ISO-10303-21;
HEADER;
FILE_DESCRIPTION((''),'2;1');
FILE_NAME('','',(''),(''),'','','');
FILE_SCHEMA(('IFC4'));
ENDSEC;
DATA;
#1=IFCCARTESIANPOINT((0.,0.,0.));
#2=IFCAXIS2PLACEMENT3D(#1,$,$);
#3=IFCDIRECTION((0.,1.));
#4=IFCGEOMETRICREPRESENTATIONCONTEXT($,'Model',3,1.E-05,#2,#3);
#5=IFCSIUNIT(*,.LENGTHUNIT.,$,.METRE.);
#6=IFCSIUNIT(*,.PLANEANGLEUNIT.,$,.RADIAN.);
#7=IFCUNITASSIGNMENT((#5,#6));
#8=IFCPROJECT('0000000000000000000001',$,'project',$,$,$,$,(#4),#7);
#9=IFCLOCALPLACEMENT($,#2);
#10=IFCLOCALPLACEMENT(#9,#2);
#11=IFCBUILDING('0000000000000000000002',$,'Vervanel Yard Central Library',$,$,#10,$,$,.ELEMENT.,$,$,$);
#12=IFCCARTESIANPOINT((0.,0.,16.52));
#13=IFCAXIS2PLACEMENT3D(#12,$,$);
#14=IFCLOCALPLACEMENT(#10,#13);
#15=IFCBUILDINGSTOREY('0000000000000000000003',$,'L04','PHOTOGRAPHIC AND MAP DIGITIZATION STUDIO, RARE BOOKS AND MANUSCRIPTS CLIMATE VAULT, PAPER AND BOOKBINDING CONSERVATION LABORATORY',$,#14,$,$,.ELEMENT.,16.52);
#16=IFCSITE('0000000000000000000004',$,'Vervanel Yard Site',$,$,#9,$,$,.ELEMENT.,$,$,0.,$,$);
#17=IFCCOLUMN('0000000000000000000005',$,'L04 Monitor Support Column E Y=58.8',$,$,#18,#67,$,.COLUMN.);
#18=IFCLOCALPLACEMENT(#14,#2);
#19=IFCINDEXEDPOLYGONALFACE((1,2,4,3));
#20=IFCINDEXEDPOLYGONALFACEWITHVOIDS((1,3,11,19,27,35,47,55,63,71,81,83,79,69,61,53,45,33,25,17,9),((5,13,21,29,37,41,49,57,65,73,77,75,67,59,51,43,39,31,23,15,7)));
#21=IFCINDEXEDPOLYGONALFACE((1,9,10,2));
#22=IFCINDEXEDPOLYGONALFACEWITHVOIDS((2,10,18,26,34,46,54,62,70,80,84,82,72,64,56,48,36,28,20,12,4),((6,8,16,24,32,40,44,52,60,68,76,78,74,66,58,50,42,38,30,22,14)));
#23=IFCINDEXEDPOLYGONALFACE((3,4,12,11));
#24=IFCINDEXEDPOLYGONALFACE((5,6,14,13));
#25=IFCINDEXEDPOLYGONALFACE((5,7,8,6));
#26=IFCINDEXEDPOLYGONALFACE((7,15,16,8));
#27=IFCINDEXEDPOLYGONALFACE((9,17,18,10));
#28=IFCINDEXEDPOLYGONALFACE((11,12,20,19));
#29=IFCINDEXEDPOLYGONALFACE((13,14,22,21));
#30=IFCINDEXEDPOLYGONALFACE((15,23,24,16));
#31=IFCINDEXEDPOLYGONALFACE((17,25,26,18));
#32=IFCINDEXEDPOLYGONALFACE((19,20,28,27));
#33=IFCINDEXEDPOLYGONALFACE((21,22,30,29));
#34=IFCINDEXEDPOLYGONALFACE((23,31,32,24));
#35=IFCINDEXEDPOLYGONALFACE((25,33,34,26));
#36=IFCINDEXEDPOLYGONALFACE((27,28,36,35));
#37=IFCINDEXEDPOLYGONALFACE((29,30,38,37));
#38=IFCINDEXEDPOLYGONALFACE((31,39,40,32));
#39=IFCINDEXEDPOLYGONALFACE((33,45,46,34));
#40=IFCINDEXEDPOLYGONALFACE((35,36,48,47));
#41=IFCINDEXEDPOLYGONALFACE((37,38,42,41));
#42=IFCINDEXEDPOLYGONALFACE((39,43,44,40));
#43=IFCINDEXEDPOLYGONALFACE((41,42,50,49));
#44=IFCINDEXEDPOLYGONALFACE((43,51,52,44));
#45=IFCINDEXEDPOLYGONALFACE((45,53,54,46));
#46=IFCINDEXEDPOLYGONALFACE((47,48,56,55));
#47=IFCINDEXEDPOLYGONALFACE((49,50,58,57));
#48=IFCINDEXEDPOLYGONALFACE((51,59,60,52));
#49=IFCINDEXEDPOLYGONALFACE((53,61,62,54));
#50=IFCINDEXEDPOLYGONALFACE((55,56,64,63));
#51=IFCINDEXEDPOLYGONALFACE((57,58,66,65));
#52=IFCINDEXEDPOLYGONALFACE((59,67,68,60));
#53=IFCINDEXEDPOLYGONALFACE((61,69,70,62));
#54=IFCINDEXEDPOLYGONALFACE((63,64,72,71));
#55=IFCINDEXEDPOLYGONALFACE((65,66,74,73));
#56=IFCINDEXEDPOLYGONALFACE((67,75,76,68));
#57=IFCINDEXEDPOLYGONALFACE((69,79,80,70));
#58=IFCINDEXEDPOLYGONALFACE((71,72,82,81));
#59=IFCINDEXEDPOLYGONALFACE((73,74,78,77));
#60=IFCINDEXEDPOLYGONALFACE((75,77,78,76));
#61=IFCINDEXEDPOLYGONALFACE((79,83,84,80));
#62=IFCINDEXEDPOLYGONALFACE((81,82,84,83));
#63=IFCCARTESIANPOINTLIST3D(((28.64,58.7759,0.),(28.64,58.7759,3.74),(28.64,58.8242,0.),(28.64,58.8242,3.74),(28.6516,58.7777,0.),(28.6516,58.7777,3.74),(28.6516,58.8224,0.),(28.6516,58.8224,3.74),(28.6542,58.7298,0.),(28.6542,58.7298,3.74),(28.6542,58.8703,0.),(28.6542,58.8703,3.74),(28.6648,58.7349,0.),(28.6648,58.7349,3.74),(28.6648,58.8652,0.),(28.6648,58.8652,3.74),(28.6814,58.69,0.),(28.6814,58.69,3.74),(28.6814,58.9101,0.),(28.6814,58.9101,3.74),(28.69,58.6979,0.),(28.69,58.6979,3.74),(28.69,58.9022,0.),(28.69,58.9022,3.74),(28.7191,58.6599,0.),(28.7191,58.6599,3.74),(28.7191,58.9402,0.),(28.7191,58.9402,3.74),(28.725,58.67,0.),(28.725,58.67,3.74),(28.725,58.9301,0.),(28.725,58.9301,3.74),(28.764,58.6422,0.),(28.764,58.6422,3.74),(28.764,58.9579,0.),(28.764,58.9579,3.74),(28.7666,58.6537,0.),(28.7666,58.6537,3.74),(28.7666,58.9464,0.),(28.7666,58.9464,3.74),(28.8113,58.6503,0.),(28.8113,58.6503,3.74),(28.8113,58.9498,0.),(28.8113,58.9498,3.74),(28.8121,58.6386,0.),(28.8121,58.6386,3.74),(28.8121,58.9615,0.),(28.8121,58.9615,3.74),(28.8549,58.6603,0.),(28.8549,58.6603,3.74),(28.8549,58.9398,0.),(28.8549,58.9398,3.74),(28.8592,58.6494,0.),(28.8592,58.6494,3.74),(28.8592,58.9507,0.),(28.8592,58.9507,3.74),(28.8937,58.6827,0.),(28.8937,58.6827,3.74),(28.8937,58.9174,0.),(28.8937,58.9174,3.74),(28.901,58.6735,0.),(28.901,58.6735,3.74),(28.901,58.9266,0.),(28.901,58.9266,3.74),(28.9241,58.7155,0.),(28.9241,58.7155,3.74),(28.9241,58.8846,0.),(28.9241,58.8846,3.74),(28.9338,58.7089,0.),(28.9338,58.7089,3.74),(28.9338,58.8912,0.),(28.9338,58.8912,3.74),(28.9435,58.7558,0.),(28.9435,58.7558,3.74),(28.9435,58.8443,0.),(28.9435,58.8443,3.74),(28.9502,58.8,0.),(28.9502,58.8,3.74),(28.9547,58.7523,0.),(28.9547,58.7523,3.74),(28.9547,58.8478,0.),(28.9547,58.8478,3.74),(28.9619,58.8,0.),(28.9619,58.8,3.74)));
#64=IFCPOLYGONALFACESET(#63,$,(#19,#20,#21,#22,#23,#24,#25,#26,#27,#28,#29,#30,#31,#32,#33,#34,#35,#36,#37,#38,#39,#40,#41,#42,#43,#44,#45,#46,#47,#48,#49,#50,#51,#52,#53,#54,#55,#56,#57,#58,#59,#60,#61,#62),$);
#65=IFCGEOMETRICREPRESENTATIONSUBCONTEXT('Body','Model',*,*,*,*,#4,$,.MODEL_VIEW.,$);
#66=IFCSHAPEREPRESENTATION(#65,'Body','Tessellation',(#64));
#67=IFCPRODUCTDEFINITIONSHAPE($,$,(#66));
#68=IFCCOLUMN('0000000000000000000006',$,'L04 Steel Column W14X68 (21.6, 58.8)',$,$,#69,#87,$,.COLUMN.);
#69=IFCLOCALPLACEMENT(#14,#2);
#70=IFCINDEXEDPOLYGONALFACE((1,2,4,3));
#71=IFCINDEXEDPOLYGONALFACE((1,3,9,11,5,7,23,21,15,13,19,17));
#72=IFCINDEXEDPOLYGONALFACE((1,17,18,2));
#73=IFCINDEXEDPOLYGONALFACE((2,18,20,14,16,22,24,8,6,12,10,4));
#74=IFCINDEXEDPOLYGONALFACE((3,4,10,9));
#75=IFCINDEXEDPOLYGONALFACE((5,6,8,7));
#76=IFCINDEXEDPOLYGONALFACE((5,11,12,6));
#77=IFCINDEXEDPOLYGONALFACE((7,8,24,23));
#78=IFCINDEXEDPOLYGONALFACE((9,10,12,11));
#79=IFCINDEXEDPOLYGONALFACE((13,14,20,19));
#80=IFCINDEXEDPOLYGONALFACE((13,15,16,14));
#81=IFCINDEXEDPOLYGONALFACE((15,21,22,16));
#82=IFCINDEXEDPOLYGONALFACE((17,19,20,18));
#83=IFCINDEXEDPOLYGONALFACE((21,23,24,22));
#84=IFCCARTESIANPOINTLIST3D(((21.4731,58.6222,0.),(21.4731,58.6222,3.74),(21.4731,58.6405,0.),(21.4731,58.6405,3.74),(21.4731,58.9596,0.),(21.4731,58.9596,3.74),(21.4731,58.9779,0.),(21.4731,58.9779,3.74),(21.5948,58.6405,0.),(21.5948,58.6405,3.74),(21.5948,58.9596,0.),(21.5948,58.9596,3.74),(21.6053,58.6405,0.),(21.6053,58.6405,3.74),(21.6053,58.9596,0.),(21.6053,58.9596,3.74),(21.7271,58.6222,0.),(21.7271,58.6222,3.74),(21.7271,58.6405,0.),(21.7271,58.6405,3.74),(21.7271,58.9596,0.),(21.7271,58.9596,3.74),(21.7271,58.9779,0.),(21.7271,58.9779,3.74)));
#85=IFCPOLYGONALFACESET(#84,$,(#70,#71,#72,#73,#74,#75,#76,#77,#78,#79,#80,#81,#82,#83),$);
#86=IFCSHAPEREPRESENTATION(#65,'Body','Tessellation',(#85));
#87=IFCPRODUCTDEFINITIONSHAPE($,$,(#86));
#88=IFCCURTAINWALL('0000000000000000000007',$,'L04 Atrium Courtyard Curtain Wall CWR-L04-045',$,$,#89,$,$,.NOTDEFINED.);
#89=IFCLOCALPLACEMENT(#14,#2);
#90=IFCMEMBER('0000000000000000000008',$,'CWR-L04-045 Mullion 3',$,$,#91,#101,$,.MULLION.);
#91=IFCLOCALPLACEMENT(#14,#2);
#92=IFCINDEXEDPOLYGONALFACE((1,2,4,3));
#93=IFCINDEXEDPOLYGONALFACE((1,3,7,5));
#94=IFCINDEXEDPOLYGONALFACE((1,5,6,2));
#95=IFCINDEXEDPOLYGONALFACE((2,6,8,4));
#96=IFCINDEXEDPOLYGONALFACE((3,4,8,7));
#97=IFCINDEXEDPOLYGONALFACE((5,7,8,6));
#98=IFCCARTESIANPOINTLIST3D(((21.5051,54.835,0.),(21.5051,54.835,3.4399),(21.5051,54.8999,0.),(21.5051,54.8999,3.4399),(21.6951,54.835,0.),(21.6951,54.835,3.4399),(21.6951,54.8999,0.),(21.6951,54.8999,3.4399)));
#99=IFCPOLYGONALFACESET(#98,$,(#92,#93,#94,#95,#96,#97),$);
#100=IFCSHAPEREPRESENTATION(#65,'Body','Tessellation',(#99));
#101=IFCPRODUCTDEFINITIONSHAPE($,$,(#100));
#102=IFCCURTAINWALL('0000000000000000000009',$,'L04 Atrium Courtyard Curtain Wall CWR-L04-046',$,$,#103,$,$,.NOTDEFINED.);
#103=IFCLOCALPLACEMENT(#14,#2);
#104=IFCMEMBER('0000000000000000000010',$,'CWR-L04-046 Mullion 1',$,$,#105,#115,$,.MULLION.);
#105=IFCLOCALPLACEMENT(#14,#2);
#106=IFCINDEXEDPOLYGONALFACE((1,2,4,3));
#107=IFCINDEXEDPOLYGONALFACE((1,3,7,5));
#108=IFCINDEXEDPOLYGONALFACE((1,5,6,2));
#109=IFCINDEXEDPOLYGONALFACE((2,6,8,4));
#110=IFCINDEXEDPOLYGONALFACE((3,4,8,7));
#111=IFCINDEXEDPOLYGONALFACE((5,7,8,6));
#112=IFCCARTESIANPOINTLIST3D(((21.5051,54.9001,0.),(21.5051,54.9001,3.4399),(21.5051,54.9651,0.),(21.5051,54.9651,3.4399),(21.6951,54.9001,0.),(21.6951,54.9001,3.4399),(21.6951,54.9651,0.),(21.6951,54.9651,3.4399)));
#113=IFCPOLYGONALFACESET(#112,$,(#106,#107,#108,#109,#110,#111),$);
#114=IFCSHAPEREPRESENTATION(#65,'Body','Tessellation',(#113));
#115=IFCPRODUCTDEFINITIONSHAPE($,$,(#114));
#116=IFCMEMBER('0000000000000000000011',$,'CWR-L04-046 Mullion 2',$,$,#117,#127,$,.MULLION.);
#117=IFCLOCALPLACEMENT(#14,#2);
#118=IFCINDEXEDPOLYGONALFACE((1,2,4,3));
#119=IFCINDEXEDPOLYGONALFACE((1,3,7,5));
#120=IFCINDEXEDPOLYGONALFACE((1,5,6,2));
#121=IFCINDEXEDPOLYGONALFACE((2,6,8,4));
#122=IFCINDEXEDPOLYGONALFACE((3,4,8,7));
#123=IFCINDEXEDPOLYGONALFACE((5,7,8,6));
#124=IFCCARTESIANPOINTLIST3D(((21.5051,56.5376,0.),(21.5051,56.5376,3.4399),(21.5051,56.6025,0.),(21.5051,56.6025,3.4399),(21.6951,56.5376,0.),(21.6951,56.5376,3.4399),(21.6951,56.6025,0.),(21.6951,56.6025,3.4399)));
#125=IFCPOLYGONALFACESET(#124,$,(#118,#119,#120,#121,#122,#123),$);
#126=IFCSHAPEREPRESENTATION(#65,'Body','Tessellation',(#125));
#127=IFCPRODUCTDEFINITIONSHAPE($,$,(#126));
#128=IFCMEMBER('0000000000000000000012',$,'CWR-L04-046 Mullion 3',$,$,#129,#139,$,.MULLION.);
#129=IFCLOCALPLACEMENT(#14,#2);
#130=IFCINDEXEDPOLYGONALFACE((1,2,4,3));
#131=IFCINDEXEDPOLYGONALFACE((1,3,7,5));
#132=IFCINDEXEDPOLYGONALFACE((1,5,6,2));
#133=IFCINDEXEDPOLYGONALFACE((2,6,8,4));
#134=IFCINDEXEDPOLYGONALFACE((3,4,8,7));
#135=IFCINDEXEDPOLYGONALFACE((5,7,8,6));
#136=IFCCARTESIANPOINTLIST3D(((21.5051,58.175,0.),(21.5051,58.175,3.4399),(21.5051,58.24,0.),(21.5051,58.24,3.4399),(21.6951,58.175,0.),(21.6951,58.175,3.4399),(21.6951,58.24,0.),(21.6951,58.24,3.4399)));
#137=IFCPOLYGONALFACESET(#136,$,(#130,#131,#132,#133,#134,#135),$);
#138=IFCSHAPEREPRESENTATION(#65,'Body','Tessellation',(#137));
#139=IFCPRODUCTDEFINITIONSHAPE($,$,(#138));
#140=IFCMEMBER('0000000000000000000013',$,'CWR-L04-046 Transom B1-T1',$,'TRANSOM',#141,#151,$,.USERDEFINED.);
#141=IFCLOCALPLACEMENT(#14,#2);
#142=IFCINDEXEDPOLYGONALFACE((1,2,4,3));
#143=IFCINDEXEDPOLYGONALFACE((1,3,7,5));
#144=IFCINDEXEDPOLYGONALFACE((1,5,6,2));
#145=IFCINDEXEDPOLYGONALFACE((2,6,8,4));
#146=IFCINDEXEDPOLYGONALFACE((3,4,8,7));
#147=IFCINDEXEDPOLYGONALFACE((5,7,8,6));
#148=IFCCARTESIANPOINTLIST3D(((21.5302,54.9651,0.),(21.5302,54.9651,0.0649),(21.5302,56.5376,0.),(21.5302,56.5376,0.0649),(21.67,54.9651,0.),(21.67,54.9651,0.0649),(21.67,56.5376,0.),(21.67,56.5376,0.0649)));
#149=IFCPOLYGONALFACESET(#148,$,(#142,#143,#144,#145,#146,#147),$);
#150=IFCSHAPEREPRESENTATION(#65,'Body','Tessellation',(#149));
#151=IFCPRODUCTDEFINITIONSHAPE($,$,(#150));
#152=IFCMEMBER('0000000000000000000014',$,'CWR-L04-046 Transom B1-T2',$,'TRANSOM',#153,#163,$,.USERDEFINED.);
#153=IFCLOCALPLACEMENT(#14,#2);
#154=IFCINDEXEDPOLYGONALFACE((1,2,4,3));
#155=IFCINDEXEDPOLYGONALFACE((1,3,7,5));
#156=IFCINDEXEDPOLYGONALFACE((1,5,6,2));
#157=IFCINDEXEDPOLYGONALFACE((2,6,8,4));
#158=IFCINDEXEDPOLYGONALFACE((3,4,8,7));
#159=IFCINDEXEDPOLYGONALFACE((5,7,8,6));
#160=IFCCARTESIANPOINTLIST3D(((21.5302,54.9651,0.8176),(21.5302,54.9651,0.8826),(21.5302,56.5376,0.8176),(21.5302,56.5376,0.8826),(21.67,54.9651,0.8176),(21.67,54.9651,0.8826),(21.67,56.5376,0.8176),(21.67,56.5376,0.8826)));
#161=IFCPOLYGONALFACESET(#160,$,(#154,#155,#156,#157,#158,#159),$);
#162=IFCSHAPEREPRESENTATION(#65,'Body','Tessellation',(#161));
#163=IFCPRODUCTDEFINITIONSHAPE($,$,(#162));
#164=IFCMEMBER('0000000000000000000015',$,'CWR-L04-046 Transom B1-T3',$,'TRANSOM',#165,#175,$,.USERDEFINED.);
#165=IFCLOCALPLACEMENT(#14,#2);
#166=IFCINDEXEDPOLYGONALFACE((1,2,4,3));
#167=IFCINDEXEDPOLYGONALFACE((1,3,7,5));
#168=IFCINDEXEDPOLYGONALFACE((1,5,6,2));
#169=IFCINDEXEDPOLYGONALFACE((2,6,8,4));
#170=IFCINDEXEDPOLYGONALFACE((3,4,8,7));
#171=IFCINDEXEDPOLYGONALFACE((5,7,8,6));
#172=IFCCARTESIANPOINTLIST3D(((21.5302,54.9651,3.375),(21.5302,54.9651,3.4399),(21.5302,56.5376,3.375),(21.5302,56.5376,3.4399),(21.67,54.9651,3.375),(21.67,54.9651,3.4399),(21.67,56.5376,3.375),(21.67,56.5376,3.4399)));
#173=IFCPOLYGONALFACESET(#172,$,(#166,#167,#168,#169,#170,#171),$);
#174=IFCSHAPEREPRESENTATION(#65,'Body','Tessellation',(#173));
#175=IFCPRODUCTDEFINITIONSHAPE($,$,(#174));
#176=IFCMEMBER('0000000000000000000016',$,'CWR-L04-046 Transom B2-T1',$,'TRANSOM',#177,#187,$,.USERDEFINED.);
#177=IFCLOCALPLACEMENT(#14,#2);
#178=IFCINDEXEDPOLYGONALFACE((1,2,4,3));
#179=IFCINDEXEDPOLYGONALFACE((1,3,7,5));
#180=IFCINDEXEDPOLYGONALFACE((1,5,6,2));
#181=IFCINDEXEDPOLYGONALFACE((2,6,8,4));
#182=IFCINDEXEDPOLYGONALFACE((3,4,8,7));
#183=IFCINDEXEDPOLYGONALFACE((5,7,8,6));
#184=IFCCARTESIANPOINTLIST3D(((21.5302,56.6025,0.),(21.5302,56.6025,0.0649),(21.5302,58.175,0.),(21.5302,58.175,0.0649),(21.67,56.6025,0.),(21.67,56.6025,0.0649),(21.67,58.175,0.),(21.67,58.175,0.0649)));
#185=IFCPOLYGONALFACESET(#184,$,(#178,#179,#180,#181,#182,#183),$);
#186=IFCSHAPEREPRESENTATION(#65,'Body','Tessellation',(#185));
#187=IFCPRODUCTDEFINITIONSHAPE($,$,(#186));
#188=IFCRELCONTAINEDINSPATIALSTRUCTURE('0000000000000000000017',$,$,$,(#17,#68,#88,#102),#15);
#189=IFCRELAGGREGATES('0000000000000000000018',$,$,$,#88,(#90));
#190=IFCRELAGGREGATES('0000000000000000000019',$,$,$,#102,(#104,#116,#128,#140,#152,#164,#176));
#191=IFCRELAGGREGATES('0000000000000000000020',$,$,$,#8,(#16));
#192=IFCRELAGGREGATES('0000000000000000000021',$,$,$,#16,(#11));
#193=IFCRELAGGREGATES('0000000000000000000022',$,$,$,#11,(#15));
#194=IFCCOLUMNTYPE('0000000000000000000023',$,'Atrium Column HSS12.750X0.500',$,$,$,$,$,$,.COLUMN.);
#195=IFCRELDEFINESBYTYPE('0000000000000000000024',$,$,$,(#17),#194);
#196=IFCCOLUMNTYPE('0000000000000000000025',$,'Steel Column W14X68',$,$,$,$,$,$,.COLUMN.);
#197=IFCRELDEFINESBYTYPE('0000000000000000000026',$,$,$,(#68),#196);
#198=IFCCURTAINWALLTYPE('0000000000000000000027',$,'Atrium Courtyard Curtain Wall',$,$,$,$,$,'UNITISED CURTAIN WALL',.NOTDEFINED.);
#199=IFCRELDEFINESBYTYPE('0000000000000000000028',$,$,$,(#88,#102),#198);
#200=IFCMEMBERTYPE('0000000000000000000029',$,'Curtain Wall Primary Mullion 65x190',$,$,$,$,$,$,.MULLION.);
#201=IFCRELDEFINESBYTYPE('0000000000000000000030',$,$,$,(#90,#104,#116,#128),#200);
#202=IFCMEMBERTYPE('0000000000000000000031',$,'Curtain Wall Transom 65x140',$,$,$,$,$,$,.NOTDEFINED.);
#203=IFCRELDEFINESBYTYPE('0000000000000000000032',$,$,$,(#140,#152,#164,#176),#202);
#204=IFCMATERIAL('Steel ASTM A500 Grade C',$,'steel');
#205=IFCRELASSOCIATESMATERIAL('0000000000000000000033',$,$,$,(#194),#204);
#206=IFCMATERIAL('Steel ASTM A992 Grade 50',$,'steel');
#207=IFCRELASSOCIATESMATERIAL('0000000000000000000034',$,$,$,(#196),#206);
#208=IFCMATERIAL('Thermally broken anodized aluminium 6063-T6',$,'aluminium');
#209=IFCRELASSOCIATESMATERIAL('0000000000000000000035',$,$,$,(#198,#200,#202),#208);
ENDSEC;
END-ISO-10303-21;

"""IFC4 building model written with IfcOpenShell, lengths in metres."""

from ifc_helpers import new_model, si_unit, direction, frame, origin, origin_2d, place, context, subcontext, project, spatial, rectangle, hollow_circle, i_section, extrude, material, material_profile, profile_set, type_object, element, aggregate, save


model = new_model("IFC4")

# Units and contexts
model_context = context("Model", 3, precision=1e-05, world=origin(), true_north=direction((0.0, 1.0)))
body_context = subcontext(model_context, "Body", "Model", "MODEL_VIEW")
ifc_project = project(units=[si_unit("LENGTHUNIT", "METRE"), si_unit("PLANEANGLEUNIT", "RADIAN")], contexts=[model_context])

# Site, building, storey
site_placement = place(None, origin())
site = spatial("IfcSite", under=ifc_project, at=site_placement, Name="Vervanel Yard Site", CompositionType="ELEMENT", RefElevation=0.0)
building_placement = place(site_placement, origin())
building = spatial("IfcBuilding", under=site, at=building_placement, Name="Vervanel Yard Central Library", CompositionType="ELEMENT")
storey_placement = place(building_placement, frame((0.0, 0.0, 16.52)))
storey = spatial("IfcBuildingStorey", under=building, at=storey_placement, Name="L04", Description="PHOTOGRAPHIC AND MAP DIGITIZATION STUDIO, RARE BOOKS AND MANUSCRIPTS CLIMATE VAULT, PAPER AND BOOKBINDING CONSERVATION LABORATORY", CompositionType="ELEMENT", Elevation=16.52)

# Columns
ifc_material_1 = material(Name="Steel ASTM A500 Grade C", Category="steel")
ifc_material_profile_1 = material_profile(ifc_material_1, hollow_circle(Radius=0.1619, WallThickness=0.0117, at=origin_2d()), Name="HSS12.750X0.500", Category="steel")
ifc_profile_set_1 = profile_set([ifc_material_profile_1], Name="Steel ASTM A500 Grade C")
column_type_1 = type_object("IfcColumnType", Name="Atrium Column HSS12.750X0.500", PredefinedType="COLUMN", material=ifc_profile_set_1)
column_1_placement = place(storey_placement, frame((28.8, 58.8, 0.0), z_axis=(0.0, 0.0, 1.0), x_axis=(1.0, 0.0, 0.0)))
element("IfcColumn", 1, at=column_1_placement, inside=storey, type_object=column_type_1, Name="L04 Monitor Support Column E Y=58.8", PredefinedType="COLUMN", context=body_context, shape_type="SweptSolid", body=[
    extrude(hollow_circle(Radius=0.1619, WallThickness=0.0117, at=origin_2d()), origin(), (0.0, 0.0, 1.0), 3.74),
])
ifc_material_2 = material(Name="Steel ASTM A992 Grade 50", Category="steel")
ifc_material_profile_2 = material_profile(ifc_material_2, i_section(OverallWidth=0.2539, OverallDepth=0.3557, WebThickness=0.0105, FlangeThickness=0.0183, at=origin_2d()), Name="W14X68", Category="steel")
ifc_profile_set_2 = profile_set([ifc_material_profile_2], Name="Steel ASTM A992 Grade 50")
column_type_2 = type_object("IfcColumnType", Name="Steel Column W14X68", PredefinedType="COLUMN", material=ifc_profile_set_2)
column_2_placement = place(storey_placement, frame((21.6001, 58.8, 0.0), z_axis=(0.0, 0.0, 1.0), x_axis=(1.0, 0.0, 0.0)))
element("IfcColumn", 2, at=column_2_placement, inside=storey, type_object=column_type_2, Name="L04 Steel Column W14X68 (21.6, 58.8)", PredefinedType="COLUMN", context=body_context, shape_type="SweptSolid", body=[
    extrude(i_section(OverallWidth=0.2539, OverallDepth=0.3557, WebThickness=0.0105, FlangeThickness=0.0183, at=origin_2d()), origin(), (0.0, 0.0, 1.0), 3.74),
])

# Curtain wall, member
ifc_material_3 = material(Name="Thermally broken anodized aluminium 6063-T6", Category="aluminium")
curtain_wall_type = type_object("IfcCurtainWallType", Name="Atrium Courtyard Curtain Wall", ElementType="UNITISED CURTAIN WALL", PredefinedType="NOTDEFINED", material=ifc_material_3)
curtain_wall_1_placement = place(storey_placement, origin())
curtain_wall_1 = element("IfcCurtainWall", 3, at=curtain_wall_1_placement, inside=storey, type_object=curtain_wall_type, Name="L04 Atrium Courtyard Curtain Wall CWR-L04-045", PredefinedType="NOTDEFINED")
ifc_material_profile_3 = material_profile(ifc_material_3, rectangle(XDim=0.0649, YDim=0.1899, at=origin_2d()), Name="ALU 65x190", Category="aluminium")
ifc_profile_set_3 = profile_set([ifc_material_profile_3], Name="Thermally broken anodized aluminium 6063-T6")
member_type_1 = type_object("IfcMemberType", Name="Curtain Wall Primary Mullion 65x190", PredefinedType="MULLION", material=ifc_profile_set_3)
member_1_placement = place(storey_placement, frame((21.6001, 54.8674, 0.0), z_axis=(0.0, 0.0, 1.0), x_axis=(0.0, 1.0, 0.0)))
member_1 = element("IfcMember", 4, at=member_1_placement, type_object=member_type_1, Name="CWR-L04-045 Mullion 3", PredefinedType="MULLION", context=body_context, shape_type="SweptSolid", body=[
    extrude(rectangle(XDim=0.0649, YDim=0.1899, at=origin_2d()), origin(), (0.0, 0.0, 1.0), 3.4399),
])

# Curtain wall, members
curtain_wall_2_placement = place(storey_placement, origin())
curtain_wall_2 = element("IfcCurtainWall", 5, at=curtain_wall_2_placement, inside=storey, type_object=curtain_wall_type, Name="L04 Atrium Courtyard Curtain Wall CWR-L04-046", PredefinedType="NOTDEFINED")
member_2_placement = place(storey_placement, frame((21.6001, 54.9326, 0.0), z_axis=(0.0, 0.0, 1.0), x_axis=(0.0, 1.0, 0.0)))
member_2 = element("IfcMember", 6, at=member_2_placement, type_object=member_type_1, Name="CWR-L04-046 Mullion 1", PredefinedType="MULLION", context=body_context, shape_type="SweptSolid", body=[
    extrude(rectangle(XDim=0.0649, YDim=0.1899, at=origin_2d()), origin(), (0.0, 0.0, 1.0), 3.4399),
])
member_3_placement = place(storey_placement, frame((21.6001, 56.5701, 0.0), z_axis=(0.0, 0.0, 1.0), x_axis=(0.0, 1.0, 0.0)))
member_3 = element("IfcMember", 7, at=member_3_placement, type_object=member_type_1, Name="CWR-L04-046 Mullion 2", PredefinedType="MULLION", context=body_context, shape_type="SweptSolid", body=[
    extrude(rectangle(XDim=0.0649, YDim=0.1899, at=origin_2d()), origin(), (0.0, 0.0, 1.0), 3.4399),
])
member_4_placement = place(storey_placement, frame((21.6001, 58.2075, 0.0), z_axis=(0.0, 0.0, 1.0), x_axis=(0.0, 1.0, 0.0)))
member_4 = element("IfcMember", 8, at=member_4_placement, type_object=member_type_1, Name="CWR-L04-046 Mullion 3", PredefinedType="MULLION", context=body_context, shape_type="SweptSolid", body=[
    extrude(rectangle(XDim=0.0649, YDim=0.1899, at=origin_2d()), origin(), (0.0, 0.0, 1.0), 3.4399),
])
ifc_material_profile_4 = material_profile(ifc_material_3, rectangle(XDim=0.0649, YDim=0.1399, at=origin_2d()), Name="ALU 65x140", Category="aluminium")
ifc_profile_set_4 = profile_set([ifc_material_profile_4], Name="Thermally broken anodized aluminium 6063-T6")
member_type_2 = type_object("IfcMemberType", Name="Curtain Wall Transom 65x140", PredefinedType="NOTDEFINED", material=ifc_profile_set_4)
member_5_placement = place(storey_placement, frame((21.6001, 54.9651, 0.0325), z_axis=(0.0, 1.0, 0.0), x_axis=(0.0, 0.0, 1.0)))
member_5 = element("IfcMember", 9, at=member_5_placement, type_object=member_type_2, Name="CWR-L04-046 Transom B1-T1", ObjectType="TRANSOM", PredefinedType="USERDEFINED", context=body_context, shape_type="SweptSolid", body=[
    extrude(rectangle(XDim=0.0649, YDim=0.1399, at=origin_2d()), origin(), (0.0, 0.0, 1.0), 1.5725),
])
member_6_placement = place(storey_placement, frame((21.6001, 54.9651, 0.8501), z_axis=(0.0, 1.0, 0.0), x_axis=(0.0, 0.0, 1.0)))
member_6 = element("IfcMember", 10, at=member_6_placement, type_object=member_type_2, Name="CWR-L04-046 Transom B1-T2", ObjectType="TRANSOM", PredefinedType="USERDEFINED", context=body_context, shape_type="SweptSolid", body=[
    extrude(rectangle(XDim=0.0649, YDim=0.1399, at=origin_2d()), origin(), (0.0, 0.0, 1.0), 1.5725),
])
member_7_placement = place(storey_placement, frame((21.6001, 54.9651, 3.4075), z_axis=(0.0, 1.0, 0.0), x_axis=(0.0, 0.0, 1.0)))
member_7 = element("IfcMember", 11, at=member_7_placement, type_object=member_type_2, Name="CWR-L04-046 Transom B1-T3", ObjectType="TRANSOM", PredefinedType="USERDEFINED", context=body_context, shape_type="SweptSolid", body=[
    extrude(rectangle(XDim=0.0649, YDim=0.1399, at=origin_2d()), origin(), (0.0, 0.0, 1.0), 1.5725),
])
member_8_placement = place(storey_placement, frame((21.6001, 56.6025, 0.0325), z_axis=(0.0, 1.0, 0.0), x_axis=(0.0, 0.0, 1.0)))
member_8 = element("IfcMember", 12, at=member_8_placement, type_object=member_type_2, Name="CWR-L04-046 Transom B2-T1", ObjectType="TRANSOM", PredefinedType="USERDEFINED", context=body_context, shape_type="SweptSolid", body=[
    extrude(rectangle(XDim=0.0649, YDim=0.1399, at=origin_2d()), origin(), (0.0, 0.0, 1.0), 1.5725),
])

aggregate(curtain_wall_1, [member_1])
aggregate(curtain_wall_2, [member_2, member_3, member_4, member_5, member_6, member_7, member_8])

save(model, "model.ifc")
